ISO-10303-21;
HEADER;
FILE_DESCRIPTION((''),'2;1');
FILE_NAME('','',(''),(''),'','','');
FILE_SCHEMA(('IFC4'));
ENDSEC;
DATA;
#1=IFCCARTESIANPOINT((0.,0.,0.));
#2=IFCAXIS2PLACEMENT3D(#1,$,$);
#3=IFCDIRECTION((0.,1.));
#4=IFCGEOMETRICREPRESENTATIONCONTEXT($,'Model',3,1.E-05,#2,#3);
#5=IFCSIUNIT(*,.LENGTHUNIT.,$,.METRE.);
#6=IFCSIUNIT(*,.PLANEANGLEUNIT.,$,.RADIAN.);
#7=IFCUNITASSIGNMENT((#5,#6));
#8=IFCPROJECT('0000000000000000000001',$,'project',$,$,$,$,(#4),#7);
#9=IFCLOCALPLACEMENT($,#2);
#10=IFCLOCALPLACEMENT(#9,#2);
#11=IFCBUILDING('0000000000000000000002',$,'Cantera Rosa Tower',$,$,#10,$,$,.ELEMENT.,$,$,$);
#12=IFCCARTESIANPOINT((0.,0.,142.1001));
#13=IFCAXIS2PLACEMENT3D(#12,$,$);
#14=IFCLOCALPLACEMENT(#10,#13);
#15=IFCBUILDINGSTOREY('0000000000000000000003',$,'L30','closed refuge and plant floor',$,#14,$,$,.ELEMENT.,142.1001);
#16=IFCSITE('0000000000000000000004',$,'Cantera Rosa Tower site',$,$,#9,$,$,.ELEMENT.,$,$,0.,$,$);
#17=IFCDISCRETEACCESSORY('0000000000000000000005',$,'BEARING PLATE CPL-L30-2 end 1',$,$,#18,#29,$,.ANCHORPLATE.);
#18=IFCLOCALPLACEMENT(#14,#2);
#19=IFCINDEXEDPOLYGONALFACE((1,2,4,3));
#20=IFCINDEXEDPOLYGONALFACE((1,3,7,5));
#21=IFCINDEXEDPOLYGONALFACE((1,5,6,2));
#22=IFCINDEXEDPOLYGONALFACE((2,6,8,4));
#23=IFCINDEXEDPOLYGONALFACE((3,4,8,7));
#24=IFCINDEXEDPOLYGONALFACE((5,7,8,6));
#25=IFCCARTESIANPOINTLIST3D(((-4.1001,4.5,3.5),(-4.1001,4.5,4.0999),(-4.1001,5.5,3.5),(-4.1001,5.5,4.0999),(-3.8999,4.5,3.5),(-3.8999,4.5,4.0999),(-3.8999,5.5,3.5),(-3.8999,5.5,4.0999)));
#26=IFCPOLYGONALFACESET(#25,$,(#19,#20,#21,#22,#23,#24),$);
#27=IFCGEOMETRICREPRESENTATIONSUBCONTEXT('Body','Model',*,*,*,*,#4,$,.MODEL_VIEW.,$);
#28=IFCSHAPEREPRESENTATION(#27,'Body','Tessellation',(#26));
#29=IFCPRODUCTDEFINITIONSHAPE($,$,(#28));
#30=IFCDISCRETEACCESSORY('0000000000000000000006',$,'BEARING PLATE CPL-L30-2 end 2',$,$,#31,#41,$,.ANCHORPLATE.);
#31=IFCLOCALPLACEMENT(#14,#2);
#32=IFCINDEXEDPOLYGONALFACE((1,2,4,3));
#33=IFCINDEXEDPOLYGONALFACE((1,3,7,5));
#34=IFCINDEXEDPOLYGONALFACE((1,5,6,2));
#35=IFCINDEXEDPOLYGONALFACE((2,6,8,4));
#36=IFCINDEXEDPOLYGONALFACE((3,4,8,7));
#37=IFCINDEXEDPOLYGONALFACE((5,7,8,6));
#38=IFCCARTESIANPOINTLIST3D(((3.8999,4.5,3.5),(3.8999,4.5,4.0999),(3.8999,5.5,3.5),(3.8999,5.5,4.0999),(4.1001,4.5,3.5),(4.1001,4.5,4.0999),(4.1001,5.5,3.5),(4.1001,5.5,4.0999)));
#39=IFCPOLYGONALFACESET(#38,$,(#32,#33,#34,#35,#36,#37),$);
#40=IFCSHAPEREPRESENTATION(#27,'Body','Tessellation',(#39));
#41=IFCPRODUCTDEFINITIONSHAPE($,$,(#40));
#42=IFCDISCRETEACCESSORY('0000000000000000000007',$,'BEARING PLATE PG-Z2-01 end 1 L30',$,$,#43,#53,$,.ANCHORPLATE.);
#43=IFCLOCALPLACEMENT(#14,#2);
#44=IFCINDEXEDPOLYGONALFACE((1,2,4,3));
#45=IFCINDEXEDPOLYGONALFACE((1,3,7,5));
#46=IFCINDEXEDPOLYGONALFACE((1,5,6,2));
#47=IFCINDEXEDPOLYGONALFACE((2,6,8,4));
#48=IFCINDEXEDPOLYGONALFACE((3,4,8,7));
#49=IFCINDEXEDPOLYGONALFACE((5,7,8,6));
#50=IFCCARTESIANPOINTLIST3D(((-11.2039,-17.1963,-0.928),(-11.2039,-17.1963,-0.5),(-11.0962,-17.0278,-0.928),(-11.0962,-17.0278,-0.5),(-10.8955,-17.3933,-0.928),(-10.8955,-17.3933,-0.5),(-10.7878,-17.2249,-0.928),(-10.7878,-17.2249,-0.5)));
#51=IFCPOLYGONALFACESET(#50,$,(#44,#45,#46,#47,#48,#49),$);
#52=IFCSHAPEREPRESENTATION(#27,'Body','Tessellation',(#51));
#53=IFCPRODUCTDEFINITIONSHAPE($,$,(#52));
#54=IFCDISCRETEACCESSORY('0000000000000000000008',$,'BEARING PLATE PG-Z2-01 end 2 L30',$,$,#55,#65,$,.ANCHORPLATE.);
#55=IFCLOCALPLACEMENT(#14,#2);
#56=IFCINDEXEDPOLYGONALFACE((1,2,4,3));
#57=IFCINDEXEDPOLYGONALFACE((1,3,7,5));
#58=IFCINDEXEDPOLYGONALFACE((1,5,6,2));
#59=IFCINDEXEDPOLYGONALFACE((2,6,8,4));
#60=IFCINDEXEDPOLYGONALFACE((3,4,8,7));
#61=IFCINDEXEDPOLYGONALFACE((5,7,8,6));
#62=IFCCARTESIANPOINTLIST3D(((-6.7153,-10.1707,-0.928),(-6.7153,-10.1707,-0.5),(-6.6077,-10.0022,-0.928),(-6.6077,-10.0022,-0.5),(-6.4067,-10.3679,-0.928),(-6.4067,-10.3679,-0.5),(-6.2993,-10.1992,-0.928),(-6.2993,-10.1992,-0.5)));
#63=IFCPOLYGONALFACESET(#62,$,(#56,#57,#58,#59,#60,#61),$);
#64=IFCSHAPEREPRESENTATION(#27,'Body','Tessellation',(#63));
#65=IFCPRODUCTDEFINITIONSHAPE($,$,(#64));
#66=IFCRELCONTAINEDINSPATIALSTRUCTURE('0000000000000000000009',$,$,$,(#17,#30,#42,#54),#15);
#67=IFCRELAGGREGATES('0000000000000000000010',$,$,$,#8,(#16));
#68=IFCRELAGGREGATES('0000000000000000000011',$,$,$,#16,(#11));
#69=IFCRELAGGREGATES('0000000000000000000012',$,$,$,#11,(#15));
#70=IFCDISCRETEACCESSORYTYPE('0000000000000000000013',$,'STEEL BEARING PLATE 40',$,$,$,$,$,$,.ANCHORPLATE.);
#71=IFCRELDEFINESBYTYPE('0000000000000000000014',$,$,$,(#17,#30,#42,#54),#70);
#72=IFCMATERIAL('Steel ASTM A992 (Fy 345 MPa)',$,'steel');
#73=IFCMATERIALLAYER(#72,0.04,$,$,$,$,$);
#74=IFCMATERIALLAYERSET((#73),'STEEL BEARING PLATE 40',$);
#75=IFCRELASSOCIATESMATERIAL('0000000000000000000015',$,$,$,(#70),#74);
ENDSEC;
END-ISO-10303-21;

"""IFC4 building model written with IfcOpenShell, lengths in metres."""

from ifc_helpers import new_model, si_unit, direction, frame, origin, place, context, subcontext, project, spatial, polyline, outline, extrude, material, layer, layer_set, type_object, element, save


model = new_model("IFC4")

# Units and contexts
model_context = context("Model", 3, precision=1e-05, world=origin(), true_north=direction((0.0, 1.0)))
body_context = subcontext(model_context, "Body", "Model", "MODEL_VIEW")
ifc_project = project(units=[si_unit("LENGTHUNIT", "METRE"), si_unit("PLANEANGLEUNIT", "RADIAN")], contexts=[model_context])

# Site, building, storey
site_placement = place(None, origin())
site = spatial("IfcSite", under=ifc_project, at=site_placement, Name="Cantera Rosa Tower site", CompositionType="ELEMENT", RefElevation=0.0)
building_placement = place(site_placement, origin())
building = spatial("IfcBuilding", under=site, at=building_placement, Name="Cantera Rosa Tower", CompositionType="ELEMENT")
storey_placement = place(building_placement, frame((0.0, 0.0, 142.1001)))
storey = spatial("IfcBuildingStorey", under=building, at=storey_placement, Name="L30", Description="closed refuge and plant floor", CompositionType="ELEMENT", Elevation=142.1001)

# Discrete accessories
ifc_material_1 = material(Name="Steel ASTM A992 (Fy 345 MPa)", Category="steel")
ifc_layer_1 = layer(ifc_material_1, 0.04)
ifc_layer_set_1 = layer_set([ifc_layer_1], Name="STEEL BEARING PLATE 40")
discrete_accessory_type = type_object("IfcDiscreteAccessoryType", Name="STEEL BEARING PLATE 40", PredefinedType="ANCHORPLATE", material=ifc_layer_set_1)
discrete_accessory_1_placement = place(storey_placement, frame((0.0, 0.0, 3.5)))
element("IfcDiscreteAccessory", 1, at=discrete_accessory_1_placement, inside=storey, type_object=discrete_accessory_type, Name="BEARING PLATE CPL-L30-2 end 1", PredefinedType="ANCHORPLATE", context=body_context, shape_type="SweptSolid", body=[
    extrude(outline(polyline([(-3.8999, 5.5), (-4.1001, 5.5), (-4.1001, 4.5), (-3.8999, 4.5), (-3.8999, 5.5)])), origin(), (0.0, 0.0, 1.0), 0.5999),
])
discrete_accessory_2_placement = place(storey_placement, frame((0.0, 0.0, 3.5)))
element("IfcDiscreteAccessory", 2, at=discrete_accessory_2_placement, inside=storey, type_object=discrete_accessory_type, Name="BEARING PLATE CPL-L30-2 end 2", PredefinedType="ANCHORPLATE", context=body_context, shape_type="SweptSolid", body=[
    extrude(outline(polyline([(3.8999, 4.5), (4.1001, 4.5), (4.1001, 5.5), (3.8999, 5.5), (3.8999, 4.5)])), origin(), (0.0, 0.0, 1.0), 0.5999),
])
discrete_accessory_3_placement = place(storey_placement, frame((0.0, 0.0, -0.928)))
element("IfcDiscreteAccessory", 3, at=discrete_accessory_3_placement, inside=storey, type_object=discrete_accessory_type, Name="BEARING PLATE PG-Z2-01 end 1 L30", PredefinedType="ANCHORPLATE", context=body_context, shape_type="SweptSolid", body=[
    extrude(outline(polyline([(-11.0962, -17.0278), (-11.2039, -17.1963), (-10.8955, -17.3933), (-10.7878, -17.2249), (-11.0962, -17.0278)])), origin(), (0.0, 0.0, 1.0), 0.428),
])
discrete_accessory_4_placement = place(storey_placement, frame((0.0, 0.0, -0.928)))
element("IfcDiscreteAccessory", 4, at=discrete_accessory_4_placement, inside=storey, type_object=discrete_accessory_type, Name="BEARING PLATE PG-Z2-01 end 2 L30", PredefinedType="ANCHORPLATE", context=body_context, shape_type="SweptSolid", body=[
    extrude(outline(polyline([(-6.4067, -10.3679), (-6.2993, -10.1992), (-6.6077, -10.0022), (-6.7153, -10.1707), (-6.4067, -10.3679)])), origin(), (0.0, 0.0, 1.0), 0.428),
])

save(model, "model.ifc")
